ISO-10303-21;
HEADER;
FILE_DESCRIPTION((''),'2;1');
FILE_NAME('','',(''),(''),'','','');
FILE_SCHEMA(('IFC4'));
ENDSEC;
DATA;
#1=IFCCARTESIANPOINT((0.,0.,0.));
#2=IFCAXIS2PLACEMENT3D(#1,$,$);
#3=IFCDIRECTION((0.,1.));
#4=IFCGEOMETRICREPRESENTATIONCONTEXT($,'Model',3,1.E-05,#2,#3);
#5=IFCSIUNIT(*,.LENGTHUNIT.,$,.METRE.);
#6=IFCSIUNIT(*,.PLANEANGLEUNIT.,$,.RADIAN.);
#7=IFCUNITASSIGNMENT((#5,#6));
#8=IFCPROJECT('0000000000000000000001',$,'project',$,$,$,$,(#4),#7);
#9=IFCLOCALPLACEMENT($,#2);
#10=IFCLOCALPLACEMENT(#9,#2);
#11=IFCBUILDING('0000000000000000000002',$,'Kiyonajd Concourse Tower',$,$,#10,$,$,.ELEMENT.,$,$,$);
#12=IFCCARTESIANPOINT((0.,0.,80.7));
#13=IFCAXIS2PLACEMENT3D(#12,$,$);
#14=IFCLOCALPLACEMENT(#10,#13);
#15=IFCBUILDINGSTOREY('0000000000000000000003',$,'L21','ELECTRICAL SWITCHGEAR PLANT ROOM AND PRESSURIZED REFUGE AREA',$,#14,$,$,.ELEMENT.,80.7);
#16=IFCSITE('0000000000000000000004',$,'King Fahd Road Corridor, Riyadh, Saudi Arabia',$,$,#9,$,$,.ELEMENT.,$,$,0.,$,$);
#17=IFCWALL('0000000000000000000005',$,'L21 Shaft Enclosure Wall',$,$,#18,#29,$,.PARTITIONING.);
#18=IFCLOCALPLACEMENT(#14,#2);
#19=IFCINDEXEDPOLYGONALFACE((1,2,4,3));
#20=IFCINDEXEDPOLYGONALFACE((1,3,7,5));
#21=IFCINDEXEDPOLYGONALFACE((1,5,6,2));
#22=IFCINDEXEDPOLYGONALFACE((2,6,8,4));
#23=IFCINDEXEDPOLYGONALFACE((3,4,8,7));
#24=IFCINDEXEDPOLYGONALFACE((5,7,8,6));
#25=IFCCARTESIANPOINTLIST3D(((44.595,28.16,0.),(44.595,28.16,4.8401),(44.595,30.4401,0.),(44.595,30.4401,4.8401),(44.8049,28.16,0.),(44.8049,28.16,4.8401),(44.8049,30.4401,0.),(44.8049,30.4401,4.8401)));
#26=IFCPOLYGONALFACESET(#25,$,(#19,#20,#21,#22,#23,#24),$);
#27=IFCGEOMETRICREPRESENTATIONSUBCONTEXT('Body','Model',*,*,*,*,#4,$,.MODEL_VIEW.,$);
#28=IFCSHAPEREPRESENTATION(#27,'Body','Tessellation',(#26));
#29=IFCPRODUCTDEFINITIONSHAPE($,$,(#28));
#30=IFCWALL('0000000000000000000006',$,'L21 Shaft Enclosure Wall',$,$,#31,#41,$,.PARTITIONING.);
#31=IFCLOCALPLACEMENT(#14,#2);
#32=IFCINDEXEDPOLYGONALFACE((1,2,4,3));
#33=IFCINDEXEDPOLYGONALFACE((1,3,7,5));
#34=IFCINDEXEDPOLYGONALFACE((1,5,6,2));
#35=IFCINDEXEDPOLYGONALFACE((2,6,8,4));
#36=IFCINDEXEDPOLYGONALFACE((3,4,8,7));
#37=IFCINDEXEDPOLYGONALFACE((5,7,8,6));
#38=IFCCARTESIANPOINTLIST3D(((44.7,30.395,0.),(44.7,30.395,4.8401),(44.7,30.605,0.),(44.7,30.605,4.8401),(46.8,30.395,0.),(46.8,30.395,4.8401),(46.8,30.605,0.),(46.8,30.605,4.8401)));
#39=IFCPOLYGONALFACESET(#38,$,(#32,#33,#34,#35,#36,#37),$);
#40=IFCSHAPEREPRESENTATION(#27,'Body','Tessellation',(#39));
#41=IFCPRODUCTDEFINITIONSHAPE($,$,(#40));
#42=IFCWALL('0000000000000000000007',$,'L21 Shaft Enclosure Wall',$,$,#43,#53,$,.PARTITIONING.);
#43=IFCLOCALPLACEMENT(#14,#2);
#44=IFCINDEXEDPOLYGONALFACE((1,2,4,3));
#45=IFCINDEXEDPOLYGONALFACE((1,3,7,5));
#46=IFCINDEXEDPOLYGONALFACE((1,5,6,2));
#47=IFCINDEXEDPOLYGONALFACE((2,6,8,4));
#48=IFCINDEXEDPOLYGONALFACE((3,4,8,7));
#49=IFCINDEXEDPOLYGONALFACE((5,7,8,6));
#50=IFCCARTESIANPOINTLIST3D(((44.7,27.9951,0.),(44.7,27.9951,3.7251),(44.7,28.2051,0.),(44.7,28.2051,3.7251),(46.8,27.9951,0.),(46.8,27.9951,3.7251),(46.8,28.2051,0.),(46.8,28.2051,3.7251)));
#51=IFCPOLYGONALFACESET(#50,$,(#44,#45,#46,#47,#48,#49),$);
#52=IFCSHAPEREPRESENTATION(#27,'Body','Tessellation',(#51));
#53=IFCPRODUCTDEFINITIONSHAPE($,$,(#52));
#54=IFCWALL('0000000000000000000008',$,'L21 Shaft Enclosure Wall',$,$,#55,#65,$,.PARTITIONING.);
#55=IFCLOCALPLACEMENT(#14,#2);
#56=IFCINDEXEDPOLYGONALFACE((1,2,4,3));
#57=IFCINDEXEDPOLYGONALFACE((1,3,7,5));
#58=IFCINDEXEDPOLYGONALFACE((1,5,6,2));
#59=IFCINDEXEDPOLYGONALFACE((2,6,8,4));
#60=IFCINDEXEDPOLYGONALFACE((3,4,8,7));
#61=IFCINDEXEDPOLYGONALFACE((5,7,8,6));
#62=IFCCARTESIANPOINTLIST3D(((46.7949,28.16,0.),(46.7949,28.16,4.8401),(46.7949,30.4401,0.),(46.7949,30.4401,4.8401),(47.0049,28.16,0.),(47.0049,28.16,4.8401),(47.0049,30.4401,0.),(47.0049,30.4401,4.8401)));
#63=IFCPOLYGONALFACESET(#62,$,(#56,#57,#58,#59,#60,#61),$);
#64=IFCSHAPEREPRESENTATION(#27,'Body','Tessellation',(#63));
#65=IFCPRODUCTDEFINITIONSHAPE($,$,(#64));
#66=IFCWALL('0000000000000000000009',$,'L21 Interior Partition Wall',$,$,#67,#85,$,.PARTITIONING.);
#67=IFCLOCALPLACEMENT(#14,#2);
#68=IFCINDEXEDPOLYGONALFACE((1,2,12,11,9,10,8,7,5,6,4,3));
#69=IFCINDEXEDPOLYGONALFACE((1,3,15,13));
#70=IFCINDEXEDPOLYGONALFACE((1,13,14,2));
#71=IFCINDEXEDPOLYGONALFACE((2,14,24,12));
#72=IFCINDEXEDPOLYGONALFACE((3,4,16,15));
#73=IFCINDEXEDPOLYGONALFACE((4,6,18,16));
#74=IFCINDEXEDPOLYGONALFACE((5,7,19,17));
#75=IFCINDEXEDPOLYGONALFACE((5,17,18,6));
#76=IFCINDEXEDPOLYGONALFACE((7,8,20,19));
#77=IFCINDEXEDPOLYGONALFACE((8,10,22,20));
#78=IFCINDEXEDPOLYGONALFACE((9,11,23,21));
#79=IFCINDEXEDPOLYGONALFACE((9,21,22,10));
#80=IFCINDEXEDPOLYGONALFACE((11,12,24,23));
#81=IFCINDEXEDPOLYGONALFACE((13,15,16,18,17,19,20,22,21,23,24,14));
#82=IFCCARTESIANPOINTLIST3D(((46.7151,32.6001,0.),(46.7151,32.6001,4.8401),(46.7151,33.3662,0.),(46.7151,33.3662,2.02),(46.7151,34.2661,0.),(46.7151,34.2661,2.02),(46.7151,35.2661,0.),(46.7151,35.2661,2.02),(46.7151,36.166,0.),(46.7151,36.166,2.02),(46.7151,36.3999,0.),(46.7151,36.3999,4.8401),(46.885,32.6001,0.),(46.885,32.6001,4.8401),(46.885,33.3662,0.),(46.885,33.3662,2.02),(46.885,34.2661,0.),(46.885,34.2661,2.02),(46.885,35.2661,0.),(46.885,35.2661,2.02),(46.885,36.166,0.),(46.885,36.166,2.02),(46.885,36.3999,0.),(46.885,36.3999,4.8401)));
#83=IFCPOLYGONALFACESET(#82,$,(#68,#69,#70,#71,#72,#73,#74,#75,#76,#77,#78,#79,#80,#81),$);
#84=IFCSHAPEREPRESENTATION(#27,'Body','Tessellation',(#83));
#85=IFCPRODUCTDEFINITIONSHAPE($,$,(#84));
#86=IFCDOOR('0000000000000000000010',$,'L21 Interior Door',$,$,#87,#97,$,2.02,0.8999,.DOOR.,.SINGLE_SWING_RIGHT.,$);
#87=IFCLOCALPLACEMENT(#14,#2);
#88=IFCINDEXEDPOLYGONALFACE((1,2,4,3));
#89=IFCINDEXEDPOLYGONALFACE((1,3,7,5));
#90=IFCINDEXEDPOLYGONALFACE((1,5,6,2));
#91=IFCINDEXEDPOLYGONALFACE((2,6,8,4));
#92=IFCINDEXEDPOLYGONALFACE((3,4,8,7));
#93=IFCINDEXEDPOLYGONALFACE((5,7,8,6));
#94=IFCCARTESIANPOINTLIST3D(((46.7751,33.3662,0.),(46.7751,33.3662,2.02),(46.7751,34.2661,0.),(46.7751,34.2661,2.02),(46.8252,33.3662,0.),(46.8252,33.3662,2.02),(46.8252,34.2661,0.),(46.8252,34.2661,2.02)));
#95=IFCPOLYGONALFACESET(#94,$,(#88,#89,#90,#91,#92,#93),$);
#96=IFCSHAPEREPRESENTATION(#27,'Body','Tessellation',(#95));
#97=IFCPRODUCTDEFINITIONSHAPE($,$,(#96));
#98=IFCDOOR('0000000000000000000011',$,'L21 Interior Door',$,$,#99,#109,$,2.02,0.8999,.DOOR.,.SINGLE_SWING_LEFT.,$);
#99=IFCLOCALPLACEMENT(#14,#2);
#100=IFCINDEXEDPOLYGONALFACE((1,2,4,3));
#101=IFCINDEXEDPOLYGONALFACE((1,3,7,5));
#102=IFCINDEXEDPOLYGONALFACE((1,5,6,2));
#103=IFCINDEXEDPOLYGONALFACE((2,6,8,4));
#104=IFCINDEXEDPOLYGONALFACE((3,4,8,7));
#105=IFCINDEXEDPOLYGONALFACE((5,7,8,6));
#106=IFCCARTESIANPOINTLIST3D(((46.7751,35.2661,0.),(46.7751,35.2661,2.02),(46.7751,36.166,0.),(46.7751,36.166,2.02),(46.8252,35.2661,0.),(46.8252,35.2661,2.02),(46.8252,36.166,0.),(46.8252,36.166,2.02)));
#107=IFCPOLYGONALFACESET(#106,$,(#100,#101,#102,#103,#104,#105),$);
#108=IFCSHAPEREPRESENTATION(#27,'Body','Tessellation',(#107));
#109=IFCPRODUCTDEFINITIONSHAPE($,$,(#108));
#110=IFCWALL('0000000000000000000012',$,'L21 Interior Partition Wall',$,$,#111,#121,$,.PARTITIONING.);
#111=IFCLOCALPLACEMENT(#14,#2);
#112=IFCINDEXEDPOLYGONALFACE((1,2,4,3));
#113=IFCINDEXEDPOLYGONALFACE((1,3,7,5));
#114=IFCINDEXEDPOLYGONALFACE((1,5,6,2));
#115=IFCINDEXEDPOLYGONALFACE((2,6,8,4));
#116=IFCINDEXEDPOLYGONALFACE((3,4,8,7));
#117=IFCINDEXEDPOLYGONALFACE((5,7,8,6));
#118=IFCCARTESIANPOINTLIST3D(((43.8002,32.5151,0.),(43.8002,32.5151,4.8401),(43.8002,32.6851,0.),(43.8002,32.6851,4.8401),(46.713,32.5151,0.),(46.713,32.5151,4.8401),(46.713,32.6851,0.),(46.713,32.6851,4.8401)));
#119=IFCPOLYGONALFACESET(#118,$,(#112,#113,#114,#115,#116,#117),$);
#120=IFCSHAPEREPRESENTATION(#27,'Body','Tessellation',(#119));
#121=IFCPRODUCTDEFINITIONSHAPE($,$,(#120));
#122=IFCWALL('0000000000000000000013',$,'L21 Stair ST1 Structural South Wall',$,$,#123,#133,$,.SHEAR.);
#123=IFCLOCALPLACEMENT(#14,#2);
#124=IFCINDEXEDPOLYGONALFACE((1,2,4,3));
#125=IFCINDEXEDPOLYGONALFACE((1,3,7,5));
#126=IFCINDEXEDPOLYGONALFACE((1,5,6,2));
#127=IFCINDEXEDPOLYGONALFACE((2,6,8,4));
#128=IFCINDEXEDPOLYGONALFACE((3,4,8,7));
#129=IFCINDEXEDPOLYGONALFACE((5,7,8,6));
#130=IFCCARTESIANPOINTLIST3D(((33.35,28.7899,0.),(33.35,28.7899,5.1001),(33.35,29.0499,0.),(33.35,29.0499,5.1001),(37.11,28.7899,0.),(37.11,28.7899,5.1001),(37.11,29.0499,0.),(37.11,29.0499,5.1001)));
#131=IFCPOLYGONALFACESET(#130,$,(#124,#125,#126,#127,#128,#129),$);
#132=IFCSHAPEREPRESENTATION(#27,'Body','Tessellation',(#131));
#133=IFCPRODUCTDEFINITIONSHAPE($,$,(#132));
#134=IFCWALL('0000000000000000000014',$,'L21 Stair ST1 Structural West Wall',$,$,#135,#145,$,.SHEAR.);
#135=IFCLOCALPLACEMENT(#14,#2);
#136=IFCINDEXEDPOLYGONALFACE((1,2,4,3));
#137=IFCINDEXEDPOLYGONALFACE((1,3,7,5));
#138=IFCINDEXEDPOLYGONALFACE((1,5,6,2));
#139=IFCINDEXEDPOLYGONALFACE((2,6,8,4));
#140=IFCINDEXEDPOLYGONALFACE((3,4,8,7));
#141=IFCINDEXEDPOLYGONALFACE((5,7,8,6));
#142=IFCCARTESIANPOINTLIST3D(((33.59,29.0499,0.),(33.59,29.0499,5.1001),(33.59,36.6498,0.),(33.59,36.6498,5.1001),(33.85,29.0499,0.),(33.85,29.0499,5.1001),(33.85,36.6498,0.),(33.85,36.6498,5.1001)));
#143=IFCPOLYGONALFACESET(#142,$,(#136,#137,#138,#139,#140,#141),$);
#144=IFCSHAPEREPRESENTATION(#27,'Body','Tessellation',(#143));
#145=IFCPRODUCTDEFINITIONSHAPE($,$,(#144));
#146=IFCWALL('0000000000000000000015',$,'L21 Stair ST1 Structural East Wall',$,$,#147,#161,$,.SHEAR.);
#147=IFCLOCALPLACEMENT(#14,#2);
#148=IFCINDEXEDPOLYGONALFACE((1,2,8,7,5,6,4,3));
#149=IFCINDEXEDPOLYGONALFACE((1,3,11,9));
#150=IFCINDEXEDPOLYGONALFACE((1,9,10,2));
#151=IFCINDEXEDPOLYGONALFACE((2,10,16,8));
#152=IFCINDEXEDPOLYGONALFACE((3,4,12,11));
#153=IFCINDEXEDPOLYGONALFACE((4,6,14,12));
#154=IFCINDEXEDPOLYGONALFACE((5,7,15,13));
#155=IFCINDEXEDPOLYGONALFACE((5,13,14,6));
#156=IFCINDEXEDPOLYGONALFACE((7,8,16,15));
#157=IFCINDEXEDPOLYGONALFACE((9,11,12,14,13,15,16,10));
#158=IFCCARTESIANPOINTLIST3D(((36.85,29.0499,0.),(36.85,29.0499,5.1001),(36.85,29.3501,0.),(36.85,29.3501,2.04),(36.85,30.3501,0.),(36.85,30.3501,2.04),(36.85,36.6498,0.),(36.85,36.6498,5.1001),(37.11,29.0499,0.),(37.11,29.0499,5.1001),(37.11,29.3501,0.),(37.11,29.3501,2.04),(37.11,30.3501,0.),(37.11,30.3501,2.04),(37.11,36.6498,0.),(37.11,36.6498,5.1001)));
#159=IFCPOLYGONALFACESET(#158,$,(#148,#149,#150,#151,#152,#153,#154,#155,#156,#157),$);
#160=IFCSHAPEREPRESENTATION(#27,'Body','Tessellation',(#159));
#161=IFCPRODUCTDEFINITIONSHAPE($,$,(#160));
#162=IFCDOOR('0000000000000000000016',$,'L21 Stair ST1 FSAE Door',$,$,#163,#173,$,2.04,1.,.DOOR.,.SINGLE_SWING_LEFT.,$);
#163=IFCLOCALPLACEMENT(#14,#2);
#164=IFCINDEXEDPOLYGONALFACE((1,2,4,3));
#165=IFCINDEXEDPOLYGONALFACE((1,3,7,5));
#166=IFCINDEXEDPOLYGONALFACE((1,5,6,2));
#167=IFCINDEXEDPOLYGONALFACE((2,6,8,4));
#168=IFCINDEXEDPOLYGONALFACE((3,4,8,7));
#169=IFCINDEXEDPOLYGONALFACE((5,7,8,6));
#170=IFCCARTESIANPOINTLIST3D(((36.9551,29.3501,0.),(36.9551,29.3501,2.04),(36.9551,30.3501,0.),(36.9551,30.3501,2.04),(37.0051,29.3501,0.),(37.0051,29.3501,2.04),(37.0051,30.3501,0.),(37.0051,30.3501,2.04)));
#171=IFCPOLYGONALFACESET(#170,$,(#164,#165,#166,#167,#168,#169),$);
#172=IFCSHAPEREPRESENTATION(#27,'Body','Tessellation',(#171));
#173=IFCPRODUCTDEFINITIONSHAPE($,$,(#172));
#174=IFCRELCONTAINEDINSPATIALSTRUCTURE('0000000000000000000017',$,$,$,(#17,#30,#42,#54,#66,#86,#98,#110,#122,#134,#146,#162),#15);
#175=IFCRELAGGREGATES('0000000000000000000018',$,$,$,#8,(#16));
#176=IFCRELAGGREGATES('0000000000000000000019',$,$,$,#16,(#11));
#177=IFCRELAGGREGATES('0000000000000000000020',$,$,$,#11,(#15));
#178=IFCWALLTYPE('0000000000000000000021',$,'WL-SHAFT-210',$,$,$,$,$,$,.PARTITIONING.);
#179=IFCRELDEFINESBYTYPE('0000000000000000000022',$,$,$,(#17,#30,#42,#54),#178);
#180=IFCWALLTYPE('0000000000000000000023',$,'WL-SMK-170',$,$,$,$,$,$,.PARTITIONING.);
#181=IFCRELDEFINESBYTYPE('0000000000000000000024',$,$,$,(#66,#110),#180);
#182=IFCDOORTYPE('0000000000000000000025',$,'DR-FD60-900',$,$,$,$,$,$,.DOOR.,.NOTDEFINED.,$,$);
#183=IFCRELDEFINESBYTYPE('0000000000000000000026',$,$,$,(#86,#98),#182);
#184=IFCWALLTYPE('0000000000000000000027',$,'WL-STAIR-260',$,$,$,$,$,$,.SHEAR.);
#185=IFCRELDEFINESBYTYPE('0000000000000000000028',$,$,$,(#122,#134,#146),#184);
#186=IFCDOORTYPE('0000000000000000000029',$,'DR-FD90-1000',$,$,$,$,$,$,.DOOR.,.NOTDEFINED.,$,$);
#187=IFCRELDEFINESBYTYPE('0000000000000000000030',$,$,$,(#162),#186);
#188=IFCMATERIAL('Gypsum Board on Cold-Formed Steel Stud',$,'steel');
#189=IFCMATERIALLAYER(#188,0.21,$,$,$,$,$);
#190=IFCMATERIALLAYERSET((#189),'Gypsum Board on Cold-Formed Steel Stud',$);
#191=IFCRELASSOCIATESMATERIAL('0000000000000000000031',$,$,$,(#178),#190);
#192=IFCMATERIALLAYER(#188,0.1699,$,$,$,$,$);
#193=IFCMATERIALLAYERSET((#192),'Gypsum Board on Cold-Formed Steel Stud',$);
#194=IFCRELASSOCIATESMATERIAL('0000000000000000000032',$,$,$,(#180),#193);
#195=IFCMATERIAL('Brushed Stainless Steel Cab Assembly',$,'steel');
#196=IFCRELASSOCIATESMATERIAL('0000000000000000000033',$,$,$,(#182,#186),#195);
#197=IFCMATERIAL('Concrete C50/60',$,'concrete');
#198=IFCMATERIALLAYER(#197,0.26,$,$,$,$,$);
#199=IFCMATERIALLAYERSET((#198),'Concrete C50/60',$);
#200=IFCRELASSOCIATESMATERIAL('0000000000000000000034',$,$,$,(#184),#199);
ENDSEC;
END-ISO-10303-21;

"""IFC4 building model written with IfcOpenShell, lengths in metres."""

from ifc_helpers import new_model, si_unit, direction, frame, frame_2d, origin, place, context, subcontext, project, spatial, rectangle, extrude, material, layer, layer_set, type_object, element, fill, save


model = new_model("IFC4")

# Units and contexts
model_context = context("Model", 3, precision=1e-05, world=origin(), true_north=direction((0.0, 1.0)))
body_context = subcontext(model_context, "Body", "Model", "MODEL_VIEW")
ifc_project = project(units=[si_unit("LENGTHUNIT", "METRE"), si_unit("PLANEANGLEUNIT", "RADIAN")], contexts=[model_context])

# Site, building, storey
site_placement = place(None, origin())
site = spatial("IfcSite", under=ifc_project, at=site_placement, Name="King Fahd Road Corridor, Riyadh, Saudi Arabia", CompositionType="ELEMENT", RefElevation=0.0)
building_placement = place(site_placement, origin())
building = spatial("IfcBuilding", under=site, at=building_placement, Name="Kiyonajd Concourse Tower", CompositionType="ELEMENT")
storey_placement = place(building_placement, frame((0.0, 0.0, 80.7)))
storey = spatial("IfcBuildingStorey", under=building, at=storey_placement, Name="L21", Description="ELECTRICAL SWITCHGEAR PLANT ROOM AND PRESSURIZED REFUGE AREA", CompositionType="ELEMENT", Elevation=80.7)

# Shared definitions
ifc_material_1 = material(Name="Concrete C50/60", Category="concrete")

# Shared definitions
ifc_material_2 = material(Name="Brushed Stainless Steel Cab Assembly", Category="steel")
ifc_material_3 = material(Name="Gypsum Board on Cold-Formed Steel Stud", Category="steel")
ifc_layer_1 = layer(ifc_material_3, 0.21)
ifc_layer_set_1 = layer_set([ifc_layer_1], Name="Gypsum Board on Cold-Formed Steel Stud")
wall_type_1 = type_object("IfcWallType", Name="WL-SHAFT-210", PredefinedType="PARTITIONING", material=ifc_layer_set_1)

# Walls
wall_1_placement = place(storey_placement, frame((44.7, 28.1599, 0.0), z_axis=(0.0, 0.0, 1.0), x_axis=(0.0, 1.0, 0.0)))
element("IfcWall", 1, at=wall_1_placement, inside=storey, type_object=wall_type_1, Name="L21 Shaft Enclosure Wall", PredefinedType="PARTITIONING", context=body_context, shape_type="SweptSolid", body=[
    extrude(rectangle(XDim=2.28, YDim=0.21, at=frame_2d((1.1401, 0.0))), origin(), (0.0, 0.0, 1.0), 4.8401),
])
wall_2_placement = place(storey_placement, frame((44.7, 30.5, 0.0), z_axis=(0.0, 0.0, 1.0), x_axis=(1.0, 0.0, 0.0)))
element("IfcWall", 2, at=wall_2_placement, inside=storey, type_object=wall_type_1, Name="L21 Shaft Enclosure Wall", PredefinedType="PARTITIONING", context=body_context, shape_type="SweptSolid", body=[
    extrude(rectangle(XDim=2.1001, YDim=0.21, at=frame_2d((1.05, 0.0))), origin(), (0.0, 0.0, 1.0), 4.8401),
])
wall_3_placement = place(storey_placement, frame((44.7, 28.1001, 0.0), z_axis=(0.0, 0.0, 1.0), x_axis=(1.0, 0.0, 0.0)))
element("IfcWall", 3, at=wall_3_placement, inside=storey, type_object=wall_type_1, Name="L21 Shaft Enclosure Wall", PredefinedType="PARTITIONING", context=body_context, shape_type="SweptSolid", body=[
    extrude(rectangle(XDim=2.1001, YDim=0.21, at=frame_2d((1.05, 0.0))), origin(), (0.0, 0.0, 1.0), 3.7251),
])
wall_4_placement = place(storey_placement, frame((46.8999, 28.1599, 0.0), z_axis=(0.0, 0.0, 1.0), x_axis=(0.0, 1.0, 0.0)))
element("IfcWall", 4, at=wall_4_placement, inside=storey, type_object=wall_type_1, Name="L21 Shaft Enclosure Wall", PredefinedType="PARTITIONING", context=body_context, shape_type="SweptSolid", body=[
    extrude(rectangle(XDim=2.28, YDim=0.21, at=frame_2d((1.1401, 0.0))), origin(), (0.0, 0.0, 1.0), 4.8401),
])

# Wall, openings, doors
ifc_layer_2 = layer(ifc_material_3, 0.1699)
ifc_layer_set_2 = layer_set([ifc_layer_2], Name="Gypsum Board on Cold-Formed Steel Stud")
wall_type_2 = type_object("IfcWallType", Name="WL-SMK-170", PredefinedType="PARTITIONING", material=ifc_layer_set_2)
wall_5_placement = place(storey_placement, frame((46.8, 32.6001, 0.0), z_axis=(0.0, 0.0, 1.0), x_axis=(0.0, 1.0, 0.0)))
wall_5 = element("IfcWall", 5, at=wall_5_placement, inside=storey, type_object=wall_type_2, Name="L21 Interior Partition Wall", PredefinedType="PARTITIONING", context=body_context, shape_type="SweptSolid", body=[
    extrude(rectangle(XDim=3.7998, YDim=0.1699, at=frame_2d((1.8999, 0.0))), origin(), (0.0, 0.0, 1.0), 4.8401),
])
opening_1_placement = place(wall_5_placement, frame((0.7661, 0.0, 0.0)))
opening_1 = element("IfcOpeningElement", 6, at=opening_1_placement, cuts=wall_5, PredefinedType="OPENING", context=body_context, shape_type="SweptSolid", body=[
    extrude(rectangle(XDim=0.8999, YDim=2.02, at=frame_2d((0.45, 1.01))), frame((0.0, 0.095, 0.0), z_axis=(0.0, -1.0, 0.0), x_axis=(1.0, 0.0, 0.0)), (0.0, 0.0, 1.0), 0.1899),
])
opening_2_placement = place(wall_5_placement, frame((2.666, 0.0, 0.0)))
opening_2 = element("IfcOpeningElement", 7, at=opening_2_placement, cuts=wall_5, PredefinedType="OPENING", context=body_context, shape_type="SweptSolid", body=[
    extrude(rectangle(XDim=0.8999, YDim=2.02, at=frame_2d((0.45, 1.01))), frame((0.0, 0.095, 0.0), z_axis=(0.0, -1.0, 0.0), x_axis=(1.0, 0.0, 0.0)), (0.0, 0.0, 1.0), 0.1899),
])
door_type_1 = type_object("IfcDoorType", Name="DR-FD60-900", OperationType="NOTDEFINED", PredefinedType="DOOR", material=ifc_material_2)
door_1_placement = place(opening_1_placement, origin())
door_1 = element("IfcDoor", 8, at=door_1_placement, inside=storey, type_object=door_type_1, Name="L21 Interior Door", OperationType="SINGLE_SWING_RIGHT", OverallHeight=2.02, OverallWidth=0.8999, PredefinedType="DOOR", context=body_context, shape_type="SweptSolid", body=[
    extrude(rectangle(XDim=0.8999, YDim=2.02, at=frame_2d((0.45, 1.01))), frame((0.0, 0.0249, 0.0), z_axis=(0.0, -1.0, 0.0), x_axis=(1.0, 0.0, 0.0)), (0.0, 0.0, 1.0), 0.05),
])
fill(opening_1, door_1)
door_2_placement = place(opening_2_placement, origin())
door_2 = element("IfcDoor", 9, at=door_2_placement, inside=storey, type_object=door_type_1, Name="L21 Interior Door", OperationType="SINGLE_SWING_LEFT", OverallHeight=2.02, OverallWidth=0.8999, PredefinedType="DOOR", context=body_context, shape_type="SweptSolid", body=[
    extrude(rectangle(XDim=0.8999, YDim=2.02, at=frame_2d((0.45, 1.01))), frame((0.0, 0.0249, 0.0), z_axis=(0.0, -1.0, 0.0), x_axis=(1.0, 0.0, 0.0)), (0.0, 0.0, 1.0), 0.05),
])
fill(opening_2, door_2)

# Walls
wall_6_placement = place(storey_placement, frame((43.8, 32.6001, 0.0), z_axis=(0.0, 0.0, 1.0), x_axis=(1.0, 0.0, 0.0)))
element("IfcWall", 10, at=wall_6_placement, inside=storey, type_object=wall_type_2, Name="L21 Interior Partition Wall", PredefinedType="PARTITIONING", context=body_context, shape_type="SweptSolid", body=[
    extrude(rectangle(XDim=2.9128, YDim=0.1699, at=frame_2d((1.4565, 0.0))), origin(), (0.0, 0.0, 1.0), 4.8401),
])
ifc_layer_3 = layer(ifc_material_1, 0.26)
ifc_layer_set_3 = layer_set([ifc_layer_3], Name="Concrete C50/60")
wall_type_3 = type_object("IfcWallType", Name="WL-STAIR-260", PredefinedType="SHEAR", material=ifc_layer_set_3)
wall_7_placement = place(storey_placement, frame((33.3501, 28.9199, 0.0), z_axis=(0.0, 0.0, 1.0), x_axis=(1.0, 0.0, 0.0)))
element("IfcWall", 11, at=wall_7_placement, inside=storey, type_object=wall_type_3, Name="L21 Stair ST1 Structural South Wall", PredefinedType="SHEAR", context=body_context, shape_type="SweptSolid", body=[
    extrude(rectangle(XDim=3.76, YDim=0.26, at=frame_2d((1.8799, 0.0))), origin(), (0.0, 0.0, 1.0), 5.1001),
])
wall_8_placement = place(storey_placement, frame((33.72, 29.05, 0.0), z_axis=(0.0, 0.0, 1.0), x_axis=(0.0, 1.0, 0.0)))
element("IfcWall", 12, at=wall_8_placement, inside=storey, type_object=wall_type_3, Name="L21 Stair ST1 Structural West Wall", PredefinedType="SHEAR", context=body_context, shape_type="SweptSolid", body=[
    extrude(rectangle(XDim=7.5999, YDim=0.26, at=frame_2d((3.7998, 0.0))), origin(), (0.0, 0.0, 1.0), 5.1001),
])

# Wall, opening, door
wall_9_placement = place(storey_placement, frame((36.98, 29.05, 0.0), z_axis=(0.0, 0.0, 1.0), x_axis=(0.0, 1.0, 0.0)))
wall_9 = element("IfcWall", 13, at=wall_9_placement, inside=storey, type_object=wall_type_3, Name="L21 Stair ST1 Structural East Wall", PredefinedType="SHEAR", context=body_context, shape_type="SweptSolid", body=[
    extrude(rectangle(XDim=7.5999, YDim=0.26, at=frame_2d((3.7998, 0.0))), origin(), (0.0, 0.0, 1.0), 5.1001),
])
opening_3_placement = place(wall_9_placement, frame((0.3, 0.0, 0.0)))
opening_3 = element("IfcOpeningElement", 14, at=opening_3_placement, cuts=wall_9, PredefinedType="OPENING", context=body_context, shape_type="SweptSolid", body=[
    extrude(rectangle(XDim=1.0, YDim=2.04, at=frame_2d((0.5, 1.02))), frame((0.0, 0.1399, 0.0), z_axis=(0.0, -1.0, 0.0), x_axis=(1.0, 0.0, 0.0)), (0.0, 0.0, 1.0), 0.28),
])
door_type_2 = type_object("IfcDoorType", Name="DR-FD90-1000", OperationType="NOTDEFINED", PredefinedType="DOOR", material=ifc_material_2)
door_3_placement = place(opening_3_placement, origin())
door_3 = element("IfcDoor", 15, at=door_3_placement, inside=storey, type_object=door_type_2, Name="L21 Stair ST1 FSAE Door", OperationType="SINGLE_SWING_LEFT", OverallHeight=2.04, OverallWidth=1.0, PredefinedType="DOOR", context=body_context, shape_type="SweptSolid", body=[
    extrude(rectangle(XDim=1.0, YDim=2.04, at=frame_2d((0.5, 1.02))), frame((0.0, 0.0249, 0.0), z_axis=(0.0, -1.0, 0.0), x_axis=(1.0, 0.0, 0.0)), (0.0, 0.0, 1.0), 0.05),
])
fill(opening_3, door_3)

save(model, "model.ifc")
